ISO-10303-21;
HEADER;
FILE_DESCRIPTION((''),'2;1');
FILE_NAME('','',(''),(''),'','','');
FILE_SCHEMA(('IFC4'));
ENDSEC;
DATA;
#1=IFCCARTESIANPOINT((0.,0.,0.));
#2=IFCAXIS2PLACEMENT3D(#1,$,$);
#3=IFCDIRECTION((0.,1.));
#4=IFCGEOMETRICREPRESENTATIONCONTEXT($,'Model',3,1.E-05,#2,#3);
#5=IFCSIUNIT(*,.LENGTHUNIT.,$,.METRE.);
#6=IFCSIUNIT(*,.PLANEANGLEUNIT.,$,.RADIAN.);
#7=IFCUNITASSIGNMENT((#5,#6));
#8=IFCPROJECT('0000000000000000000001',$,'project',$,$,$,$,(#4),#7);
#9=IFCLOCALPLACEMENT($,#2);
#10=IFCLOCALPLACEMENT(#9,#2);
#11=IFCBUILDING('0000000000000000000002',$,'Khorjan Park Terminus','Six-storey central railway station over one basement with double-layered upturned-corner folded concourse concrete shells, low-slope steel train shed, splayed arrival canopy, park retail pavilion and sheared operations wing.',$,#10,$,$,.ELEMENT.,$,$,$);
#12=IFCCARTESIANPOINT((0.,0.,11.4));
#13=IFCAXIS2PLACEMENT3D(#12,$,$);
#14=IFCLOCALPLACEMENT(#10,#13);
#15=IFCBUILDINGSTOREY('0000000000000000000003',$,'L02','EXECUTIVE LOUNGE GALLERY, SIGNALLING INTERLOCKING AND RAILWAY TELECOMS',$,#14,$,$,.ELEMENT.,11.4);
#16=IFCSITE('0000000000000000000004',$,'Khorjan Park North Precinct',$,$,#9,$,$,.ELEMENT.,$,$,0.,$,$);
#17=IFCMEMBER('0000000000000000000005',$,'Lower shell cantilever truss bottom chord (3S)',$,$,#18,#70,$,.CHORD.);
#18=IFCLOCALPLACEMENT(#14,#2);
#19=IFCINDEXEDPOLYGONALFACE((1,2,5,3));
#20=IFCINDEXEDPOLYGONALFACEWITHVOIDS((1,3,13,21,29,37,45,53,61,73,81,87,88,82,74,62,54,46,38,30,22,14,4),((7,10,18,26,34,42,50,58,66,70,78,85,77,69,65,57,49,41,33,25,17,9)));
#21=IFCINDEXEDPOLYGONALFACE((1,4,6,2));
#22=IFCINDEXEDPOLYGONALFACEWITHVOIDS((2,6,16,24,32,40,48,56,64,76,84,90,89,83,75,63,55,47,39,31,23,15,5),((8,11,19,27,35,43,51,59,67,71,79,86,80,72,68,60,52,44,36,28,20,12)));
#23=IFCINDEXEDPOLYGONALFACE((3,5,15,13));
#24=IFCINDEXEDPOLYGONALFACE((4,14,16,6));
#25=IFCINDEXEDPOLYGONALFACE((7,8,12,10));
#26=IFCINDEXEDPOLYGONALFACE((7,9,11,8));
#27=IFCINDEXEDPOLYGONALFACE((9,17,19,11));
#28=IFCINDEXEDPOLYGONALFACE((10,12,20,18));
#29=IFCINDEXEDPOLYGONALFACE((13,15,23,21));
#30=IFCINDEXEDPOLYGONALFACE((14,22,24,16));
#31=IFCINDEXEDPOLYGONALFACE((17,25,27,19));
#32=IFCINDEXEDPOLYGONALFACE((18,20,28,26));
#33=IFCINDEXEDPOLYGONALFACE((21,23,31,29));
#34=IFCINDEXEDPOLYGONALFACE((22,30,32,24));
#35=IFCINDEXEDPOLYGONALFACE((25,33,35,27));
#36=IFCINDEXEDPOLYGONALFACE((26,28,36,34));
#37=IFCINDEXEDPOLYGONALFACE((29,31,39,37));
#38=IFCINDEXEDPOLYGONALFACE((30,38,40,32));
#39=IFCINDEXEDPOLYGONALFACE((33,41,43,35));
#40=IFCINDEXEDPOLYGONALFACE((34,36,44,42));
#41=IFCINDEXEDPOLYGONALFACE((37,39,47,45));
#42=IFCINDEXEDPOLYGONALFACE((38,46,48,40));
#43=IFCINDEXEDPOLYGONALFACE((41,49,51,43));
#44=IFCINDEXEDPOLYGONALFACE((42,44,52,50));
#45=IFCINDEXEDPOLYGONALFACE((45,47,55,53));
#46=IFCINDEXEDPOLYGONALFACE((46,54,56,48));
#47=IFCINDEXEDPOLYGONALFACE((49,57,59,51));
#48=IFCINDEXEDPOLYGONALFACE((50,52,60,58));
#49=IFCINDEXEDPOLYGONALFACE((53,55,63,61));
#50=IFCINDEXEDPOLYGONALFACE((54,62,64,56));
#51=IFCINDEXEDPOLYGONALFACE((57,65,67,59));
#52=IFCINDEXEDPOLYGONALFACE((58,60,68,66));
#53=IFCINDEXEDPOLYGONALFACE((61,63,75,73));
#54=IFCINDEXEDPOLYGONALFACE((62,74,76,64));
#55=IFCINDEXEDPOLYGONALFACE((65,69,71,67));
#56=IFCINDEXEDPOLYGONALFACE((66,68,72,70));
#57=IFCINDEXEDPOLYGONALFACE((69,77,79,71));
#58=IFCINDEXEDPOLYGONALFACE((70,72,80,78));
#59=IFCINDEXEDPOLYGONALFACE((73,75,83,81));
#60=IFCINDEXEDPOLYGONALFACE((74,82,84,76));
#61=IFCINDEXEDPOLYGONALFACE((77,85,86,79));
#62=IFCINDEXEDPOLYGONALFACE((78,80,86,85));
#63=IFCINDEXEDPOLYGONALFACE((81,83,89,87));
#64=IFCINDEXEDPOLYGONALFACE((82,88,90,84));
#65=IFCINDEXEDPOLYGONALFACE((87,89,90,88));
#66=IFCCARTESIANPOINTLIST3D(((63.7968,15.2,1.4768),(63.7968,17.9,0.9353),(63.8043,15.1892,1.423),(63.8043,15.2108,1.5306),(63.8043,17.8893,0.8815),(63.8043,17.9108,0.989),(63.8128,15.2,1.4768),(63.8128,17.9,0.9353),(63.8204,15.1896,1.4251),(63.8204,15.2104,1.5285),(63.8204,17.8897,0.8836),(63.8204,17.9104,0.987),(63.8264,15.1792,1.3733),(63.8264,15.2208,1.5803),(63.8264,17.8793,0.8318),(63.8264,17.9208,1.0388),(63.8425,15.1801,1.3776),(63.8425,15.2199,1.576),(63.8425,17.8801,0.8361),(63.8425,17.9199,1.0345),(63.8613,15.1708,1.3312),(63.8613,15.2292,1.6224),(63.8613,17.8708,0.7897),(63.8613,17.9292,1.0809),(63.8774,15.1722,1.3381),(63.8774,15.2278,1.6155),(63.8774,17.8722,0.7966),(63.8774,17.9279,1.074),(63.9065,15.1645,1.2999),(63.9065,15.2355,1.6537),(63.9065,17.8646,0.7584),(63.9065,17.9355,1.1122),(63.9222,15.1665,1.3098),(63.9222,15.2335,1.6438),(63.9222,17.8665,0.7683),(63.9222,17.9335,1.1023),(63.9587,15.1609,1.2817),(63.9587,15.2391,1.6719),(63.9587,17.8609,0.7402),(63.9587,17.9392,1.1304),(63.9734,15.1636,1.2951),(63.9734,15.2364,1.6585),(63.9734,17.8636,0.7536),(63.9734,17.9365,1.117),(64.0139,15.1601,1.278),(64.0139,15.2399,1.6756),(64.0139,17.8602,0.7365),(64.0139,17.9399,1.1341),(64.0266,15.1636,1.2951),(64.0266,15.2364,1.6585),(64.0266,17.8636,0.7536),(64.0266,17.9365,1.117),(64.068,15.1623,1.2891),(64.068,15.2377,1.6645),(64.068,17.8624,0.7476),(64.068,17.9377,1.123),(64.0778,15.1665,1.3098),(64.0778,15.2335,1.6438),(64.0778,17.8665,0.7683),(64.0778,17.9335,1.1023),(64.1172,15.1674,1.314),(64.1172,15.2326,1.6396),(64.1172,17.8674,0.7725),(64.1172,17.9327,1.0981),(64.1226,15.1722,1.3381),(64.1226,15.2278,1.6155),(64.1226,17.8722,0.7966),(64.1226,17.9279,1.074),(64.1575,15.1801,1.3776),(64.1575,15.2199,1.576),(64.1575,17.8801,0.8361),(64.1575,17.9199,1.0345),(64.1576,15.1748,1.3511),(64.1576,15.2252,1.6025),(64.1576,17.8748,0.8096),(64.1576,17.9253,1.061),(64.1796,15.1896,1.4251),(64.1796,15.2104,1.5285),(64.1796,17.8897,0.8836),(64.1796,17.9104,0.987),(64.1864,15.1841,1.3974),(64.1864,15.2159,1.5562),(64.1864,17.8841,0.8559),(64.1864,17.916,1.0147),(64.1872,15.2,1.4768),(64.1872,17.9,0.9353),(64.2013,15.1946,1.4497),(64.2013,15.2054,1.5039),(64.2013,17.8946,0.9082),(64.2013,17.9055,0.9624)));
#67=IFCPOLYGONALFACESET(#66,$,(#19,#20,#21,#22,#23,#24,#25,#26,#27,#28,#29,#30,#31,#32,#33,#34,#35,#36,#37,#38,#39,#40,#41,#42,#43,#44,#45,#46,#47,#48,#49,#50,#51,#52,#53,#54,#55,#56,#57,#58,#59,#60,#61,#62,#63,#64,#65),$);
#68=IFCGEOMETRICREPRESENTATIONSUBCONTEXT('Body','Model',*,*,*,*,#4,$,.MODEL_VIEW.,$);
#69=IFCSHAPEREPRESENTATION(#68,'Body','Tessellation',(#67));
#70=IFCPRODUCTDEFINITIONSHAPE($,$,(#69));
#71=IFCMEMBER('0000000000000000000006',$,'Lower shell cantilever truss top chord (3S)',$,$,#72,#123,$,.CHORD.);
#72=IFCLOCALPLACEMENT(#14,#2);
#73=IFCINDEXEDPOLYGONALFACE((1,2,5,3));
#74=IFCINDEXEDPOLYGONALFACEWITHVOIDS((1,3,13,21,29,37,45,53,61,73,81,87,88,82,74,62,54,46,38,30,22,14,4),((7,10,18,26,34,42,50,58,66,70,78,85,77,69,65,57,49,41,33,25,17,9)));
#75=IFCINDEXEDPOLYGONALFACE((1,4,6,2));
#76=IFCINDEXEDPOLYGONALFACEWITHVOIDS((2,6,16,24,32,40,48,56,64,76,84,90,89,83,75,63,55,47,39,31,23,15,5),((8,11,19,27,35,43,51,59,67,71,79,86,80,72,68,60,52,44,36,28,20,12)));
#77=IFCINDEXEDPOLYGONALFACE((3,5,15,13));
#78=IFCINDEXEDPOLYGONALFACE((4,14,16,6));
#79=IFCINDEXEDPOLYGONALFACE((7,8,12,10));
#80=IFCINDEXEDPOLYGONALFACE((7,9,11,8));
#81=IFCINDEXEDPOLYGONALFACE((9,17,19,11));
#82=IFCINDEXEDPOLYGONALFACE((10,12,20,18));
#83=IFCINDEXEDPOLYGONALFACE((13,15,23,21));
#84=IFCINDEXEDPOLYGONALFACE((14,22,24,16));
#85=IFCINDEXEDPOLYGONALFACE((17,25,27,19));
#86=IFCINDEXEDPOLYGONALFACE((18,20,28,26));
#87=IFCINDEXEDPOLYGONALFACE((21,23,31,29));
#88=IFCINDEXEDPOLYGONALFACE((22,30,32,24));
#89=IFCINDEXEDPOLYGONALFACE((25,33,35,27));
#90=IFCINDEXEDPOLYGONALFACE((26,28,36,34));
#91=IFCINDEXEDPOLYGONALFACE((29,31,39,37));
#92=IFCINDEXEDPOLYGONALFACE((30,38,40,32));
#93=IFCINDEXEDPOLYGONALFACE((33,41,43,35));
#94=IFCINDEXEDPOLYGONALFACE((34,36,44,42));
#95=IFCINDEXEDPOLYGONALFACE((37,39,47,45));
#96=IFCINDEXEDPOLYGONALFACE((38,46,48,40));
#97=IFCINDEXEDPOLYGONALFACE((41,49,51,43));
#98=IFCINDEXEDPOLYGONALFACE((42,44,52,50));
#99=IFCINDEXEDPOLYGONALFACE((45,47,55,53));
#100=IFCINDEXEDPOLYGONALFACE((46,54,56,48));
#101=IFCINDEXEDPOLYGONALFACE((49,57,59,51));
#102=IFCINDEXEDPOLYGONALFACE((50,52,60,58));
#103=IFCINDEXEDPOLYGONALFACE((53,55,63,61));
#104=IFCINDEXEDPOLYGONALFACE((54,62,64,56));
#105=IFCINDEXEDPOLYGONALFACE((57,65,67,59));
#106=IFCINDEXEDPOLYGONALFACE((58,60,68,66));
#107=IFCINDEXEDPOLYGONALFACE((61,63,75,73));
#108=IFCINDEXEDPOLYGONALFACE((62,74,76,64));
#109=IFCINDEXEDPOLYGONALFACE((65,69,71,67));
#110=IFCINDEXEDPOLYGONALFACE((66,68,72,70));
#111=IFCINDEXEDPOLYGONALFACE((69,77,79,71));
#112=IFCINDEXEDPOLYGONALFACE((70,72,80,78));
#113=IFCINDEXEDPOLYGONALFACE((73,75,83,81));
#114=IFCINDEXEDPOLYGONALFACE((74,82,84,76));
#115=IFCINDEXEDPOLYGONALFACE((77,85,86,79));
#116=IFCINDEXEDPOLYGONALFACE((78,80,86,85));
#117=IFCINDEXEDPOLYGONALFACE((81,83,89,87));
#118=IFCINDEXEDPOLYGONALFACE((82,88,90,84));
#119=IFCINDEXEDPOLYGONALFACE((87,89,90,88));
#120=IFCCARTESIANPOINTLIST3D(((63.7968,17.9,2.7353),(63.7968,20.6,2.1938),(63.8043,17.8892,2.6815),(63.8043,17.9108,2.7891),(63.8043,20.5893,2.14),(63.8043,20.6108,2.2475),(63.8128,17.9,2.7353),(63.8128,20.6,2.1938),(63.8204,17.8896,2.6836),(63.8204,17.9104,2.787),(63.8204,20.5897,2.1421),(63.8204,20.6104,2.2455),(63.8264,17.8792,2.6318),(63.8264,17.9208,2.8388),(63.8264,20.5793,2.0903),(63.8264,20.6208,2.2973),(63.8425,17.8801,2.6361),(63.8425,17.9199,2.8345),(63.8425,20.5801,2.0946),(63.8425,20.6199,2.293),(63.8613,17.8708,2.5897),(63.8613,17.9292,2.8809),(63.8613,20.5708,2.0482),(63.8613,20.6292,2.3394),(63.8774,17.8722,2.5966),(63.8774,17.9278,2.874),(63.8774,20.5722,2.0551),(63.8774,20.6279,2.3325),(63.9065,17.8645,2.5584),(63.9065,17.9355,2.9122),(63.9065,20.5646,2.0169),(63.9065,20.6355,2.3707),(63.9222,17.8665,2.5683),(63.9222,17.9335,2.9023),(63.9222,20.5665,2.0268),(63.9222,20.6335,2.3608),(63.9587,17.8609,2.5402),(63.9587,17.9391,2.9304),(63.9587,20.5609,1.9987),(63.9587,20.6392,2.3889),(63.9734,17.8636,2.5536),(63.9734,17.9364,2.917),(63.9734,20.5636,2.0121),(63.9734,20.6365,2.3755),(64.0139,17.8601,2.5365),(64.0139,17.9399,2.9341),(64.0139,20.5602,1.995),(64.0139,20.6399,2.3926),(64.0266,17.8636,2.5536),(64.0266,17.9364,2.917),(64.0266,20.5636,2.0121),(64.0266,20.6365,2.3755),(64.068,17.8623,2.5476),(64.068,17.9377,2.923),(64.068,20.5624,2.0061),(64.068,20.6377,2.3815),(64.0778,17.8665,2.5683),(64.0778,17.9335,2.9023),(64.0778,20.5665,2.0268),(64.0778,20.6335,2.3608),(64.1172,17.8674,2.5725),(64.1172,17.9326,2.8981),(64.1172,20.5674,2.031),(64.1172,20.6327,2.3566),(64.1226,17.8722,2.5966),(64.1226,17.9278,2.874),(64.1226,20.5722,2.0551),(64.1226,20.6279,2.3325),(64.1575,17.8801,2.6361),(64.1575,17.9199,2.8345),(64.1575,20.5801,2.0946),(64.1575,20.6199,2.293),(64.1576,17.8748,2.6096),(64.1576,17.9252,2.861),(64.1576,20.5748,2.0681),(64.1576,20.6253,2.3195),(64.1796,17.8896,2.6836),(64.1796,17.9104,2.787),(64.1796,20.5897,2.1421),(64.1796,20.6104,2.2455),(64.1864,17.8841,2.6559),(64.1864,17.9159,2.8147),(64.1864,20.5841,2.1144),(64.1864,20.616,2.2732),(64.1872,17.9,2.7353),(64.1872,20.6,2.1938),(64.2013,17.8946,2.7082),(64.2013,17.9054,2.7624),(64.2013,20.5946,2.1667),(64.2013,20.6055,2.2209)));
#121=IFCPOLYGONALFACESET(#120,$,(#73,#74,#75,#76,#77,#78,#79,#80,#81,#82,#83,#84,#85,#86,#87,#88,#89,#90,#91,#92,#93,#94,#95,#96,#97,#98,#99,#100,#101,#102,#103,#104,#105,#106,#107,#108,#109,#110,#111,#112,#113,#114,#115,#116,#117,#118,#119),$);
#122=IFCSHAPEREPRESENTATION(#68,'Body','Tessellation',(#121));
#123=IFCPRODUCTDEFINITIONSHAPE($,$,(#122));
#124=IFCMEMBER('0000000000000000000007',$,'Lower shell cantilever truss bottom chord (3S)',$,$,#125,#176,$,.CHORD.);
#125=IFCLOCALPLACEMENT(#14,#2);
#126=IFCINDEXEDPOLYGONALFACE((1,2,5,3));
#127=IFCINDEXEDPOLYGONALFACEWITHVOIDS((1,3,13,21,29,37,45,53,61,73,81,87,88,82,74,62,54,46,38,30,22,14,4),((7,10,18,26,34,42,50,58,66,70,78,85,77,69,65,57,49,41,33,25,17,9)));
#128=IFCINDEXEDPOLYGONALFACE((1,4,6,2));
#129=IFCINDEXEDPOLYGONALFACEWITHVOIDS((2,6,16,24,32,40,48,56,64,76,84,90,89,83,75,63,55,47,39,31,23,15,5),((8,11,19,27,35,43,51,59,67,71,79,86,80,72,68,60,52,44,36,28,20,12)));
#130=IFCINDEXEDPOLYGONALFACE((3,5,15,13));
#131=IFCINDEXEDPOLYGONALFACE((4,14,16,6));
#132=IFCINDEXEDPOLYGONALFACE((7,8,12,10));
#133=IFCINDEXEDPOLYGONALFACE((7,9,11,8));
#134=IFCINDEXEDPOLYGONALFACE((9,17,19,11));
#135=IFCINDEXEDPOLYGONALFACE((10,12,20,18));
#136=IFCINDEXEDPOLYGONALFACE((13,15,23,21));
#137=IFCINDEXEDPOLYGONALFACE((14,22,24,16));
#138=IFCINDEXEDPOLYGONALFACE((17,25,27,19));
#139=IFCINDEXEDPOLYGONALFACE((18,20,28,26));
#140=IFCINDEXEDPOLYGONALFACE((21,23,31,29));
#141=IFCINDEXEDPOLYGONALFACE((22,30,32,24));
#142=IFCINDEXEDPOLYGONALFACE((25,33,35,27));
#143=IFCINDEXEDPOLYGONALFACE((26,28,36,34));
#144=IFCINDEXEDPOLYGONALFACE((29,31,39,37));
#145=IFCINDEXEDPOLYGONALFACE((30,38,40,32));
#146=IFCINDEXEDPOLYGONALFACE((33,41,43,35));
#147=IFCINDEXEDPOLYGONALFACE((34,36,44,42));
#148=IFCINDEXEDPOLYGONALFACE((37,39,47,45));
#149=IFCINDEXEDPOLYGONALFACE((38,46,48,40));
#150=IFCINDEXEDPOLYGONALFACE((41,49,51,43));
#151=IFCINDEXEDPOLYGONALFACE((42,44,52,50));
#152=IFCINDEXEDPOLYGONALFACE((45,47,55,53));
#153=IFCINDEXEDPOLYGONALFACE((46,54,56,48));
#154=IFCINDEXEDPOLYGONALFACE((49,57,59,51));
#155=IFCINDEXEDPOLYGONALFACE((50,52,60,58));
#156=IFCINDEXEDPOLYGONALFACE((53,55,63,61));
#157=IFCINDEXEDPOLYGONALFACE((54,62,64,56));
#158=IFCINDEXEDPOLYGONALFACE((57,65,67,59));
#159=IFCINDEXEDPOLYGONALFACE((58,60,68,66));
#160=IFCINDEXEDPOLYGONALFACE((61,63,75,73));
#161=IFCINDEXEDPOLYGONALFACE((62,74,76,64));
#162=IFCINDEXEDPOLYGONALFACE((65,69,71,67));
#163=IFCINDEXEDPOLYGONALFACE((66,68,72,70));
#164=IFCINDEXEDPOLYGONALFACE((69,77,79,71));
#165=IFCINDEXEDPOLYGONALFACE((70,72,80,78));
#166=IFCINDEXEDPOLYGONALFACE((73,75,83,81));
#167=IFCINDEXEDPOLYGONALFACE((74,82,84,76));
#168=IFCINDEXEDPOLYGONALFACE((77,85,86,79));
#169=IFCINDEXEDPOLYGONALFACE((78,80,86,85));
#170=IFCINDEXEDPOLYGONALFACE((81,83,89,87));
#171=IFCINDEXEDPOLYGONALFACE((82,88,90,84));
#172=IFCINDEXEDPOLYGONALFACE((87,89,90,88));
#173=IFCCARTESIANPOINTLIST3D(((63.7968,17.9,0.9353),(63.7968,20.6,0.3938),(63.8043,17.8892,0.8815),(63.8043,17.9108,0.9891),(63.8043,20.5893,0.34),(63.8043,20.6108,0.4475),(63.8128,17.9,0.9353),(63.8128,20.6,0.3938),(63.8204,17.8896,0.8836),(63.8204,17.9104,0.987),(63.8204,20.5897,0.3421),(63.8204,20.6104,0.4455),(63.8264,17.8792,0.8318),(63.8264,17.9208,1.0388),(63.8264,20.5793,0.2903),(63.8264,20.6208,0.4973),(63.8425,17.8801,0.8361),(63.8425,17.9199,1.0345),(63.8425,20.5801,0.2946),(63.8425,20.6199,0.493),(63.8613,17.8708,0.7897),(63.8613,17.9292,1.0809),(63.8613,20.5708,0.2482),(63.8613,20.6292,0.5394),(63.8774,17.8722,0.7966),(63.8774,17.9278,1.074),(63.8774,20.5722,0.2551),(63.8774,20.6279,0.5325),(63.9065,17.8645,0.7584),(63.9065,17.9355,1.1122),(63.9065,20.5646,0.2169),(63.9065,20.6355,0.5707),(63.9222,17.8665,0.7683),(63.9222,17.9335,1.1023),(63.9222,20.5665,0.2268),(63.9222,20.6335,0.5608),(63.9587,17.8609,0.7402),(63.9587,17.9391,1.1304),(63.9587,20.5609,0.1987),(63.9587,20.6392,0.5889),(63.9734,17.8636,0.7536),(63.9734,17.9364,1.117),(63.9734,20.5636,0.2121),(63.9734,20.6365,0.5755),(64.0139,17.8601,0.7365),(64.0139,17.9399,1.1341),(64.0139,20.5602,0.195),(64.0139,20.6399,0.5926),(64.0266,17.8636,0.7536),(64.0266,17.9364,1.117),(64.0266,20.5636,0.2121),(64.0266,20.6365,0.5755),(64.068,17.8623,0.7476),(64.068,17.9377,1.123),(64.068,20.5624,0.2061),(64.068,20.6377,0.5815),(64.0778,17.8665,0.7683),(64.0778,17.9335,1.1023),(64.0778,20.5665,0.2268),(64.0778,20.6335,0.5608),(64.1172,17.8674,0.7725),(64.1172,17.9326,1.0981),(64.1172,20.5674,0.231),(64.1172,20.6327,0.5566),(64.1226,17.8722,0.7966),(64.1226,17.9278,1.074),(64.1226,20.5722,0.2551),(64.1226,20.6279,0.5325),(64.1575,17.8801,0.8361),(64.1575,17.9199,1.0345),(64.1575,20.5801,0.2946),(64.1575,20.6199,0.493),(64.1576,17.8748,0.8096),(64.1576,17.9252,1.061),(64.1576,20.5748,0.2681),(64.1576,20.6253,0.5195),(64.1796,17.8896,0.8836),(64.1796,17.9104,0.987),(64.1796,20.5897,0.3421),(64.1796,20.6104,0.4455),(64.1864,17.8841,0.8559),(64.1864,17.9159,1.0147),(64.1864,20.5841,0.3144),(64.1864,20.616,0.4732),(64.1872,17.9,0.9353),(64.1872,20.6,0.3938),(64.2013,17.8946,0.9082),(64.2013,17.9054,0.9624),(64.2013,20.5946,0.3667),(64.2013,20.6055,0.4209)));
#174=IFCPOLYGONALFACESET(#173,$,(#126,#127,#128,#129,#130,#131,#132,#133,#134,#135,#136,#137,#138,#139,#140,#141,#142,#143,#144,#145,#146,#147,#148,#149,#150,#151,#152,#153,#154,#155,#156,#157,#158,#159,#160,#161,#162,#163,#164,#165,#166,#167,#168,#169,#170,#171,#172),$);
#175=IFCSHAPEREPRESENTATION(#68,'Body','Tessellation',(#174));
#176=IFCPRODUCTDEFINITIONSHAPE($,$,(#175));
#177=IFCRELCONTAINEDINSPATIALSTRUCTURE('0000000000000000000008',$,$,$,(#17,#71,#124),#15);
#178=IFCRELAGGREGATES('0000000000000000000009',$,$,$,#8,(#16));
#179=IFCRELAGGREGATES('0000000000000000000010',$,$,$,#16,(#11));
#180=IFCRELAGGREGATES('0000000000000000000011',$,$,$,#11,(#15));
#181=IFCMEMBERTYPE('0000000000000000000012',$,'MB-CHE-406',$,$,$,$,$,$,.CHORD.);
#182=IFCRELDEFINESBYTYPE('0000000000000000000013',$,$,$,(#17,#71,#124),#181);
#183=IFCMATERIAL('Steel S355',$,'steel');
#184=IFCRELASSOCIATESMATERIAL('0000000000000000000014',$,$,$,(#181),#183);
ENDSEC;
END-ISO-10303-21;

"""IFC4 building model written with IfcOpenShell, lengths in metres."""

from ifc_helpers import new_model, si_unit, direction, frame, origin, origin_2d, place, context, subcontext, project, spatial, hollow_circle, extrude, material, material_profile, profile_set, type_object, element, save


model = new_model("IFC4")

# Units and contexts
model_context = context("Model", 3, precision=1e-05, world=origin(), true_north=direction((0.0, 1.0)))
body_context = subcontext(model_context, "Body", "Model", "MODEL_VIEW")
ifc_project = project(units=[si_unit("LENGTHUNIT", "METRE"), si_unit("PLANEANGLEUNIT", "RADIAN")], contexts=[model_context])

# Site, building, storey
site_placement = place(None, origin())
site = spatial("IfcSite", under=ifc_project, at=site_placement, Name="Khorjan Park North Precinct", CompositionType="ELEMENT", RefElevation=0.0)
building_placement = place(site_placement, origin())
building = spatial("IfcBuilding", under=site, at=building_placement, Name="Khorjan Park Terminus", Description="Six-storey central railway station over one basement with double-layered upturned-corner folded concourse concrete shells, low-slope steel train shed, splayed arrival canopy, park retail pavilion and sheared operations wing.", CompositionType="ELEMENT")
storey_placement = place(building_placement, frame((0.0, 0.0, 11.4)))
storey = spatial("IfcBuildingStorey", under=building, at=storey_placement, Name="L02", Description="EXECUTIVE LOUNGE GALLERY, SIGNALLING INTERLOCKING AND RAILWAY TELECOMS", CompositionType="ELEMENT", Elevation=11.4)

# Members
ifc_material_1 = material(Name="Steel S355", Category="steel")
ifc_material_profile_1 = material_profile(ifc_material_1, hollow_circle(Radius=0.2032, WallThickness=0.016, at=origin_2d()), Name="CHS 406.4x16")
ifc_profile_set_1 = profile_set([ifc_material_profile_1], Name="Steel S355")
member_type_1 = type_object("IfcMemberType", Name="MB-CHE-406", PredefinedType="CHORD", material=ifc_profile_set_1)
for number, where, z_axis, x_axis, name in (
    (1, (64.0, 15.2, 1.4768), (0.0, 0.980476, -0.19664), (-1.0, 0.0, 0.0), "Lower shell cantilever truss bottom chord (3S)"),
    (2, (64.0, 17.9, 2.7353), (0.0, 0.980476, -0.19664), (-1.0, 0.0, 0.0), "Lower shell cantilever truss top chord (3S)"),
    (3, (64.0, 17.9, 0.9353), (0.0, 0.980476, -0.19664), (-1.0, 0.0, 0.0), "Lower shell cantilever truss bottom chord (3S)"),
):
    element("IfcMember", number, at=place(storey_placement, frame(where, z_axis=z_axis, x_axis=x_axis)), inside=storey, type_object=member_type_1, Name=name, PredefinedType="CHORD", context=body_context, shape_type="SweptSolid", body=[
        extrude(hollow_circle(Radius=0.2032, WallThickness=0.016, at=origin_2d()), origin(), (0.0, 0.0, 1.0), 2.7538),
    ])

save(model, "model.ifc")
